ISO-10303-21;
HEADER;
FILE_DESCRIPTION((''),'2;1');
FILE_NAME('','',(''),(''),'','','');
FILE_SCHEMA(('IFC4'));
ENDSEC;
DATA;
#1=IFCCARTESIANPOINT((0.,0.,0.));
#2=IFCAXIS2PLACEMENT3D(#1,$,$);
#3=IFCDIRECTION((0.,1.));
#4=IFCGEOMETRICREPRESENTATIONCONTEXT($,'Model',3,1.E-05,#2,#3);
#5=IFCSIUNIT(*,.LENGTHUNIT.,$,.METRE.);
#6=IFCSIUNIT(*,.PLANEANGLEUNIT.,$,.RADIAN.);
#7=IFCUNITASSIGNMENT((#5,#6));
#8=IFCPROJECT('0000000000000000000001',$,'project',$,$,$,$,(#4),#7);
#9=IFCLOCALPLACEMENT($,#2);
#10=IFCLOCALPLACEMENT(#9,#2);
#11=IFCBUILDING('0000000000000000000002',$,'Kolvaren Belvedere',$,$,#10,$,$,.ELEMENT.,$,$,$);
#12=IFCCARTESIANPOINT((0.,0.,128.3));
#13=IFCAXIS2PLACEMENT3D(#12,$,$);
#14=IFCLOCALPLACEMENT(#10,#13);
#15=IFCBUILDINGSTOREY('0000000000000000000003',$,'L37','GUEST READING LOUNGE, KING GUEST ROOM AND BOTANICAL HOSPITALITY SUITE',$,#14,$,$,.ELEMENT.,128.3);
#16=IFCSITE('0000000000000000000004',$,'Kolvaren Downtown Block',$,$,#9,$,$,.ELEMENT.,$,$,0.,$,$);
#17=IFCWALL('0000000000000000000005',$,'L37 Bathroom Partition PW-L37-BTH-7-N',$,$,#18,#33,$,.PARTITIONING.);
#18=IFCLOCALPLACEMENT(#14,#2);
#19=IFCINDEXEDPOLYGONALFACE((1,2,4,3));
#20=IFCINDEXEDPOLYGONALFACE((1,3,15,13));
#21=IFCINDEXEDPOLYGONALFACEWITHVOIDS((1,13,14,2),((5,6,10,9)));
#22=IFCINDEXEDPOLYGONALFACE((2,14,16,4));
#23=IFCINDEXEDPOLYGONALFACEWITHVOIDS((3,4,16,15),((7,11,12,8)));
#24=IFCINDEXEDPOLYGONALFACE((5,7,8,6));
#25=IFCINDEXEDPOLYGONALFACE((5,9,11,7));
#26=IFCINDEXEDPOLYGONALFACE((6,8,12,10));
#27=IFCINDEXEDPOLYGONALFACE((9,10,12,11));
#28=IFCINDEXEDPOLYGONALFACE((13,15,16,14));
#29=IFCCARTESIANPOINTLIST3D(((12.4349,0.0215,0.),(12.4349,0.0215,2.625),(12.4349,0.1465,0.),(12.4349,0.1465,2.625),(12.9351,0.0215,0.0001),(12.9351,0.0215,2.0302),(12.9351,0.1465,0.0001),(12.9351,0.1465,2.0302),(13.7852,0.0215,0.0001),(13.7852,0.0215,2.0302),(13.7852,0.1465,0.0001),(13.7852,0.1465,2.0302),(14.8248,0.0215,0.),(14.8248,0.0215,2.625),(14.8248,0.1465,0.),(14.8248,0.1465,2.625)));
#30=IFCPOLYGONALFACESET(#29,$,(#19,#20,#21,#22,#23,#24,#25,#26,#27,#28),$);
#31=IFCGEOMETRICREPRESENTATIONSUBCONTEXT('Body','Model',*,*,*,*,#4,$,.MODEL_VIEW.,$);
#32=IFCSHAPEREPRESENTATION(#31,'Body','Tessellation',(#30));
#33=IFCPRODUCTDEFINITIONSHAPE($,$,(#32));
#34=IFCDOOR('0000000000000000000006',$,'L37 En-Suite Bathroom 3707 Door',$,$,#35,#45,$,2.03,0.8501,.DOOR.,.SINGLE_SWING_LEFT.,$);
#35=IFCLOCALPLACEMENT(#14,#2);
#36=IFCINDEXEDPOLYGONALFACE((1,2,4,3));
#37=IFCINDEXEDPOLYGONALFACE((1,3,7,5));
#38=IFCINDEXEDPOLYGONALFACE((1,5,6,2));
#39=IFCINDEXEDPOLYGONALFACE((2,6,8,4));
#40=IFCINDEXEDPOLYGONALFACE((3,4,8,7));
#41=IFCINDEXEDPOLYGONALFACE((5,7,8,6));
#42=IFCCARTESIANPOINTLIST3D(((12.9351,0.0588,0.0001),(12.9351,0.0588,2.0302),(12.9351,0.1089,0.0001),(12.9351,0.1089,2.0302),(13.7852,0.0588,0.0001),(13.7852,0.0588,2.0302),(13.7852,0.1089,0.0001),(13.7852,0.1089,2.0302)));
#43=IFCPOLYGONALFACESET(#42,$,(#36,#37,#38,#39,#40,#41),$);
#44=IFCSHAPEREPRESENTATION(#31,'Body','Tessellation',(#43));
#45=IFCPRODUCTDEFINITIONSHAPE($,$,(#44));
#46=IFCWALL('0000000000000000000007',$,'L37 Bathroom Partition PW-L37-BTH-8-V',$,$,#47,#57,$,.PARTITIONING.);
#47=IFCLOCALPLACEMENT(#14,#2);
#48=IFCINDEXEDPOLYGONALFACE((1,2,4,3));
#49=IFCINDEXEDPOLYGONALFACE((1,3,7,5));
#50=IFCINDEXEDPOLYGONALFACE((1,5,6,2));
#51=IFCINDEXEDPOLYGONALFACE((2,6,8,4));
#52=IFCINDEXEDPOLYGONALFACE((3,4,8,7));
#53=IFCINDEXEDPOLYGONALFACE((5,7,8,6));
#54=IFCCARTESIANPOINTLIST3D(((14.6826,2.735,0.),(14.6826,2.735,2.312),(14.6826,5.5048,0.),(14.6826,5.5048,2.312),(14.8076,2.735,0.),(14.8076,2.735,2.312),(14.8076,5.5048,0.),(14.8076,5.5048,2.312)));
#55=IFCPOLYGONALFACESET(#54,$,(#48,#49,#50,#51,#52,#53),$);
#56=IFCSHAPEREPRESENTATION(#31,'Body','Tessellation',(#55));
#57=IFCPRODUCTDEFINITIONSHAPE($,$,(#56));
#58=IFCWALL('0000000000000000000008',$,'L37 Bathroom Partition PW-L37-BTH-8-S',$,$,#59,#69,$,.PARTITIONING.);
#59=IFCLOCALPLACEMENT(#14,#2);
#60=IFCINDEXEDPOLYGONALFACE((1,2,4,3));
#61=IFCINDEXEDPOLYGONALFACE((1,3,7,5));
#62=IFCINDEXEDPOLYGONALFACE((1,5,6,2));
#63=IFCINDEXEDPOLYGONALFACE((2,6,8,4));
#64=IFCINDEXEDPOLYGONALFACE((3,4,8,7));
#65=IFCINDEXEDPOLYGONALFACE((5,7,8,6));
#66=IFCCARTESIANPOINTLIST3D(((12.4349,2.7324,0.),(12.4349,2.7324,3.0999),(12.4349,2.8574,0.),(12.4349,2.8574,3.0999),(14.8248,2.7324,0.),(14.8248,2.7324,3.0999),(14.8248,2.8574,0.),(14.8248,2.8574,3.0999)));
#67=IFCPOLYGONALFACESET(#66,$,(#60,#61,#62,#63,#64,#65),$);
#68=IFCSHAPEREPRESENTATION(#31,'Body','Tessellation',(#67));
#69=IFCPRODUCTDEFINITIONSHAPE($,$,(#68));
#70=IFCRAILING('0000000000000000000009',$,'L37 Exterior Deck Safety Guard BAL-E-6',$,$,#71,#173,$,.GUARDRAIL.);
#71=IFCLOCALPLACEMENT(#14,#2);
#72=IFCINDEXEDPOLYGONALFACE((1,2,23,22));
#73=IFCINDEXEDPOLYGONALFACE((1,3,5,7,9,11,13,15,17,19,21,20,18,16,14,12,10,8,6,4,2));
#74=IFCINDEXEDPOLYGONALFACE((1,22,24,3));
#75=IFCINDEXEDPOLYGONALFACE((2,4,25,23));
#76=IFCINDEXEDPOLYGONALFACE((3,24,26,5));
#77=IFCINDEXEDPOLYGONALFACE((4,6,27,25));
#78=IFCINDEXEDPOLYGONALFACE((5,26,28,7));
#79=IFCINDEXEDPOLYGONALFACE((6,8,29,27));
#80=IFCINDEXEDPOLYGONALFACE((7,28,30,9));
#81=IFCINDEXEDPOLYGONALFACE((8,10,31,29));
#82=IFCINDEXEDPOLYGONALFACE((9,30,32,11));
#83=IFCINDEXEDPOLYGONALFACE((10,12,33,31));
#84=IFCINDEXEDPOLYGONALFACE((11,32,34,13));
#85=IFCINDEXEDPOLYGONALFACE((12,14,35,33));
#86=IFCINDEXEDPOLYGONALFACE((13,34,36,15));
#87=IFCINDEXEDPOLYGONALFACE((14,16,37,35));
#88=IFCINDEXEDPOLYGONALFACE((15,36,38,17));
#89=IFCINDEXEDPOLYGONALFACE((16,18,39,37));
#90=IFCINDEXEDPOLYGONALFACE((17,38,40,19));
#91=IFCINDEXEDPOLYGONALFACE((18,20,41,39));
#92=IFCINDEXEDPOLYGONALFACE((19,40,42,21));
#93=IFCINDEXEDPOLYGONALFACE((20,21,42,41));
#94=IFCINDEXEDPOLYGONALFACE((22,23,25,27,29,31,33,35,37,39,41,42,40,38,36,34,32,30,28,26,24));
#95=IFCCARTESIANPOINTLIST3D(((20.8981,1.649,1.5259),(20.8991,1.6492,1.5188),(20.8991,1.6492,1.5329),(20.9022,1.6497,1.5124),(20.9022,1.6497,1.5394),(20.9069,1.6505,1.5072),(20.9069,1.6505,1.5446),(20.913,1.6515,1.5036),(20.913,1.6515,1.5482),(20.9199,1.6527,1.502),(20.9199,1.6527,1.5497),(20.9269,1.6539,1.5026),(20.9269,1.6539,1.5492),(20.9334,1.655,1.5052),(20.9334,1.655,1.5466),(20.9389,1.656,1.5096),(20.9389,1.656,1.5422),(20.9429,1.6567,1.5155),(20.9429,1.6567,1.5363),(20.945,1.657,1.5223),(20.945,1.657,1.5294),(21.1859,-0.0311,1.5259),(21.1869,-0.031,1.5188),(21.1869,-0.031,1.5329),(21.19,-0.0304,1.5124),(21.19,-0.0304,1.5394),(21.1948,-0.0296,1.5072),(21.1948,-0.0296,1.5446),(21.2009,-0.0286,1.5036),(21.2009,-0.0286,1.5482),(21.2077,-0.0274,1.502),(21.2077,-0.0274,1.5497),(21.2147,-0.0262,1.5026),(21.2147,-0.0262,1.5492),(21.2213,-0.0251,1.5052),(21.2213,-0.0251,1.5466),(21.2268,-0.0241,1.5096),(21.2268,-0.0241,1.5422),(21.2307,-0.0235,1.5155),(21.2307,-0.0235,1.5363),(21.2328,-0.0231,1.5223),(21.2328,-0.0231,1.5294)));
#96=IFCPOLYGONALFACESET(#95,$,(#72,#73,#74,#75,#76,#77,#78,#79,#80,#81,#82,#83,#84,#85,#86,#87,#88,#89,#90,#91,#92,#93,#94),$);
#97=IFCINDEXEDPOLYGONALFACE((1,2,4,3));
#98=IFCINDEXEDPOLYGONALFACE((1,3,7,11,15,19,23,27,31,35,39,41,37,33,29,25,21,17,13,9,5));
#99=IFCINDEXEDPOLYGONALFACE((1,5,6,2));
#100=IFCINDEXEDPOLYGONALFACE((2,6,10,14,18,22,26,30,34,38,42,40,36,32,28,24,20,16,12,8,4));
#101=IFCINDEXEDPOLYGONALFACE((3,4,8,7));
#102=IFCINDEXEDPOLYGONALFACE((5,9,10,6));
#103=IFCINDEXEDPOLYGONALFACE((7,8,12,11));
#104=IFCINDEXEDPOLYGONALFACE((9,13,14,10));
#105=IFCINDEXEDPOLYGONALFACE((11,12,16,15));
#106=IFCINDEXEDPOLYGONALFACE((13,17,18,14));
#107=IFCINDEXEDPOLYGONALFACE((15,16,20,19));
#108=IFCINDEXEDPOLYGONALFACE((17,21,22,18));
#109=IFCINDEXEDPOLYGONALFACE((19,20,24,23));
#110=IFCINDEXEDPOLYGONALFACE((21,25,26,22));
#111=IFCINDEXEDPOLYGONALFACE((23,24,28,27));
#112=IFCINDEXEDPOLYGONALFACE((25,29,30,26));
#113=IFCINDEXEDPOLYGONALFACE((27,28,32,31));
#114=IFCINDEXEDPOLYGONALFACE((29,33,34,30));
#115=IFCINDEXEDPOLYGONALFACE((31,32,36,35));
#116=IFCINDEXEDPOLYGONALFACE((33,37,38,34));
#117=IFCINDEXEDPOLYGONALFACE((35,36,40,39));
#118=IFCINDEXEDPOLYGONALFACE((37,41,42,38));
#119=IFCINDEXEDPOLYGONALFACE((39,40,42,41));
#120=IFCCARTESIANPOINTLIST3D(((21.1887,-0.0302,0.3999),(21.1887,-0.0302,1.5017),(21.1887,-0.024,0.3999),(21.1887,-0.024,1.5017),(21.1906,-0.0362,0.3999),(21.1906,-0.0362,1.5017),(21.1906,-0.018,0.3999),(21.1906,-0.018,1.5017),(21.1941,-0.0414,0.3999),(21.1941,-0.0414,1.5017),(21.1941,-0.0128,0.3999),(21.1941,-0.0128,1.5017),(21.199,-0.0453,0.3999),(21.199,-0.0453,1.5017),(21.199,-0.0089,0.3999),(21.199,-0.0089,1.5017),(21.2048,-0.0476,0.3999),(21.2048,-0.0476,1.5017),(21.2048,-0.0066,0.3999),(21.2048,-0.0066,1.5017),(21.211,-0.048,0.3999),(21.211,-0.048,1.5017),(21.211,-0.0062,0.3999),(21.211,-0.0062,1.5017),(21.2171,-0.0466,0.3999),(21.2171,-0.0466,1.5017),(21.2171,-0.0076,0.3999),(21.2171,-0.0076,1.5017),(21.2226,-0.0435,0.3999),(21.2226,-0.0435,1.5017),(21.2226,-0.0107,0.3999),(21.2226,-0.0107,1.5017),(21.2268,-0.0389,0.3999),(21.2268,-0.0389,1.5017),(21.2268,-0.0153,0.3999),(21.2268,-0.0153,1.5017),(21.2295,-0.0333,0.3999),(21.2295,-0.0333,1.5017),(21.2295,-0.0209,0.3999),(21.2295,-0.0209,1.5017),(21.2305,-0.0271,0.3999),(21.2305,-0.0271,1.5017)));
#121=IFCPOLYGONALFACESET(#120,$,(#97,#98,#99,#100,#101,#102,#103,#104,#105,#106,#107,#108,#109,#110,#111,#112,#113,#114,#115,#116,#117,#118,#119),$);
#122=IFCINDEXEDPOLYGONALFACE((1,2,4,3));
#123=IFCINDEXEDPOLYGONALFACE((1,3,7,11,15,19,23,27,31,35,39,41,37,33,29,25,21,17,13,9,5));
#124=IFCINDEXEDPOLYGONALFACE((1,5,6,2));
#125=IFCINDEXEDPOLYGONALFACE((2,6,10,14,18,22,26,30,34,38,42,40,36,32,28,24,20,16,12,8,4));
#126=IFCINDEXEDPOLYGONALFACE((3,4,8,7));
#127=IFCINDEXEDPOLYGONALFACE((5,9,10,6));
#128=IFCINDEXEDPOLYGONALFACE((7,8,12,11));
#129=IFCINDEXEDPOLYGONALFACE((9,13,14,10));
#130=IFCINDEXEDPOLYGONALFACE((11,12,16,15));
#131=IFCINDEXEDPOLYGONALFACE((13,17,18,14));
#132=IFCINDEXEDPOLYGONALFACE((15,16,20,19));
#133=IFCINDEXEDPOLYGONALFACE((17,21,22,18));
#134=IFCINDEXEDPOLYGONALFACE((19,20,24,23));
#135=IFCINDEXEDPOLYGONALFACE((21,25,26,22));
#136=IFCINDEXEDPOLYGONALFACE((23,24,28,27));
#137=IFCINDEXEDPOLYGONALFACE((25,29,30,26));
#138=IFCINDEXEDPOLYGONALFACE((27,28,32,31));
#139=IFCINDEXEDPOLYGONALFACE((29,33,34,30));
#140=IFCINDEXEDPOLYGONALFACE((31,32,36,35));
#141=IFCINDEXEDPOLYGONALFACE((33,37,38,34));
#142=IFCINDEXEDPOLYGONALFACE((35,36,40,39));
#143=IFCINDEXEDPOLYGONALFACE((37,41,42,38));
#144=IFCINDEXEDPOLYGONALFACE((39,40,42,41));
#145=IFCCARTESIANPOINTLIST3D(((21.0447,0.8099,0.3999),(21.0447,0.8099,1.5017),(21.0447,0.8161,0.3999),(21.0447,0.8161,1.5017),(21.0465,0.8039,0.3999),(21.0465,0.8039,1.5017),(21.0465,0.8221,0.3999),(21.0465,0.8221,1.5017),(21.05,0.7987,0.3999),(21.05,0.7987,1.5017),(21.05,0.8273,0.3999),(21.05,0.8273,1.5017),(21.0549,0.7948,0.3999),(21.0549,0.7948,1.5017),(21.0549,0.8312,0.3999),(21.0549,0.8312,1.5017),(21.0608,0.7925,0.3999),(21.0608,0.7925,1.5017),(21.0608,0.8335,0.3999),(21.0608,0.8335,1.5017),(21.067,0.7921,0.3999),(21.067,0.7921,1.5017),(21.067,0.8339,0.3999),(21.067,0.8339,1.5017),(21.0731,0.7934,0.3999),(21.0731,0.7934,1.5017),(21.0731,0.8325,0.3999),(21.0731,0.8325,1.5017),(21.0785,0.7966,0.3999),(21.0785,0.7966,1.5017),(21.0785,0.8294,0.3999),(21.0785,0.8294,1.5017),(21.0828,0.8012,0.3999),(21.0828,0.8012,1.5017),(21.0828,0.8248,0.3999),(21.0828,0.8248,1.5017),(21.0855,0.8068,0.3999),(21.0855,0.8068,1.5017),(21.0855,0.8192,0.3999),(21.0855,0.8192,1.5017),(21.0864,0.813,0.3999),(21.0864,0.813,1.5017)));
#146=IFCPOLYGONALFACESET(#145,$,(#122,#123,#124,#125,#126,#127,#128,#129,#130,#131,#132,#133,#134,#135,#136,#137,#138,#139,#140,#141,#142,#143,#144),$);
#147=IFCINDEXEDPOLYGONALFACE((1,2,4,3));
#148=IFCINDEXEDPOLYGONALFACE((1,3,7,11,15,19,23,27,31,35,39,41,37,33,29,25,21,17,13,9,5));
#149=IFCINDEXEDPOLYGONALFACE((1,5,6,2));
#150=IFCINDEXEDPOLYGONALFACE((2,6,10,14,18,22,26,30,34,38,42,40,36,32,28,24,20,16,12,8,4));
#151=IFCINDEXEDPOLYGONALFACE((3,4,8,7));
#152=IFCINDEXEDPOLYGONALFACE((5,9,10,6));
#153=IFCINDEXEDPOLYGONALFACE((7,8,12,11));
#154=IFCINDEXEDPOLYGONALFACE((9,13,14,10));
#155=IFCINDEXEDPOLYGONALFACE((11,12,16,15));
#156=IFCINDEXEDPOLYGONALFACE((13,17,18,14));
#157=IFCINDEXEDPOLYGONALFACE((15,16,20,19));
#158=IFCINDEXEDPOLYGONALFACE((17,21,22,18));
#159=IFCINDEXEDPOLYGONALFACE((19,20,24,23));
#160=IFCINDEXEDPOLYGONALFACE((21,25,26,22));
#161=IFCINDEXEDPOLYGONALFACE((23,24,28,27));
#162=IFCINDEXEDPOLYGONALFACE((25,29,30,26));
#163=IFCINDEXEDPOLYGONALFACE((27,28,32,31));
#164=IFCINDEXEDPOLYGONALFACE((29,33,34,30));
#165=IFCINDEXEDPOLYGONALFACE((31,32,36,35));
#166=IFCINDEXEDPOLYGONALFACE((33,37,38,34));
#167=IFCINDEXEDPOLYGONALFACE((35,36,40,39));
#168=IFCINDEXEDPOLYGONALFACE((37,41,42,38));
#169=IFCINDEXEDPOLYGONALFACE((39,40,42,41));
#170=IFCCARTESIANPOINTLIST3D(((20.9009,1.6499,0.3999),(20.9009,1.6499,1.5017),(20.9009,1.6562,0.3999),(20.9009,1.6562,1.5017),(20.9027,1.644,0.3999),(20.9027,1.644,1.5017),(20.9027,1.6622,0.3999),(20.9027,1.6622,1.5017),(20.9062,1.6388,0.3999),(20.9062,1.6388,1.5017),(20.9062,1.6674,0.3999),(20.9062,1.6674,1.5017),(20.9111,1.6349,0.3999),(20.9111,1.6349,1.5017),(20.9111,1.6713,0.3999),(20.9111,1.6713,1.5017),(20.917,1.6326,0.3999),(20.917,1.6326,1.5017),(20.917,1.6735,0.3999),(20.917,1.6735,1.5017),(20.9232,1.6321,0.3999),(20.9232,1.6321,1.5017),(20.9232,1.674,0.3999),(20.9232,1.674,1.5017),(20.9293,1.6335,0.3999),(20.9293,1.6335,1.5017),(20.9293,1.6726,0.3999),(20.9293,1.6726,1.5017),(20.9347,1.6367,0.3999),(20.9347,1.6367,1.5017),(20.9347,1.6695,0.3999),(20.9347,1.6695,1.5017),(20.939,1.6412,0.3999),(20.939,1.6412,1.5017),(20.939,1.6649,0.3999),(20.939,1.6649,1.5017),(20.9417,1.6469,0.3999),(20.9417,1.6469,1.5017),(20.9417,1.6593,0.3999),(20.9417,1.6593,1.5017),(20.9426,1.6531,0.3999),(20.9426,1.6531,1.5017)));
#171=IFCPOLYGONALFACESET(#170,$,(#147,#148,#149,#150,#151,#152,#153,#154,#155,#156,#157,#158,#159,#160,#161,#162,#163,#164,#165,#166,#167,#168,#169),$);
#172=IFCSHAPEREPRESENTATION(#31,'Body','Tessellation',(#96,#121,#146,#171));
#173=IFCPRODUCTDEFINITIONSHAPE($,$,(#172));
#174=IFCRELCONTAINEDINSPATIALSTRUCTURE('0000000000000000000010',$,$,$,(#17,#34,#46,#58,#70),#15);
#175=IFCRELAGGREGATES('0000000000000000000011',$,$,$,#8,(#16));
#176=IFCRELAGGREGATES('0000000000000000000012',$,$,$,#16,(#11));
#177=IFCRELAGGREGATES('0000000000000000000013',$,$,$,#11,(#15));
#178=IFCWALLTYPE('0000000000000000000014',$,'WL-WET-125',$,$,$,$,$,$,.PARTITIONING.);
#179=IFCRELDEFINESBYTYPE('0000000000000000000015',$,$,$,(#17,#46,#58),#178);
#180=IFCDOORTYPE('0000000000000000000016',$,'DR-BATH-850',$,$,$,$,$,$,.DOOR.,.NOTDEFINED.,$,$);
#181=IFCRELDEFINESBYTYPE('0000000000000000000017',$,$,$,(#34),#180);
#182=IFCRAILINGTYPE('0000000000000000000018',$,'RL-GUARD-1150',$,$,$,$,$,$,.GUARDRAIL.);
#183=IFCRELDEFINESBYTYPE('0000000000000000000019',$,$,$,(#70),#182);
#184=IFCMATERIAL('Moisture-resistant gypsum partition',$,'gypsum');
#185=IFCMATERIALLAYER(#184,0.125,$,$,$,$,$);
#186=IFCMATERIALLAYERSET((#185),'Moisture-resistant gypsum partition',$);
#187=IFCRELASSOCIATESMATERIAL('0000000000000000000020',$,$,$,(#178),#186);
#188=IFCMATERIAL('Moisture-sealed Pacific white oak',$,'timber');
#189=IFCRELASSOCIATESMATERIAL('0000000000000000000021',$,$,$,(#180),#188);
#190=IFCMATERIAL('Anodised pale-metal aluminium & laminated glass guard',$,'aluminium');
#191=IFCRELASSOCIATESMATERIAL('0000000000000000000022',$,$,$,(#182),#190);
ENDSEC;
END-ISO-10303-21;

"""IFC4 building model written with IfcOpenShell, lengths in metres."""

from ifc_helpers import new_model, si_unit, direction, frame, frame_2d, origin, origin_2d, place, context, subcontext, project, spatial, rectangle, circle, extrude, material, layer, layer_set, type_object, element, fill, save


model = new_model("IFC4")

# Units and contexts
model_context = context("Model", 3, precision=1e-05, world=origin(), true_north=direction((0.0, 1.0)))
body_context = subcontext(model_context, "Body", "Model", "MODEL_VIEW")
ifc_project = project(units=[si_unit("LENGTHUNIT", "METRE"), si_unit("PLANEANGLEUNIT", "RADIAN")], contexts=[model_context])

# Site, building, storey
site_placement = place(None, origin())
site = spatial("IfcSite", under=ifc_project, at=site_placement, Name="Kolvaren Downtown Block", CompositionType="ELEMENT", RefElevation=0.0)
building_placement = place(site_placement, origin())
building = spatial("IfcBuilding", under=site, at=building_placement, Name="Kolvaren Belvedere", CompositionType="ELEMENT")
storey_placement = place(building_placement, frame((0.0, 0.0, 128.3)))
storey = spatial("IfcBuildingStorey", under=building, at=storey_placement, Name="L37", Description="GUEST READING LOUNGE, KING GUEST ROOM AND BOTANICAL HOSPITALITY SUITE", CompositionType="ELEMENT", Elevation=128.3)

# Wall, opening, door
ifc_material_1 = material(Name="Moisture-resistant gypsum partition", Category="gypsum")
ifc_layer_1 = layer(ifc_material_1, 0.125)
ifc_layer_set_1 = layer_set([ifc_layer_1], Name="Moisture-resistant gypsum partition")
wall_type_1 = type_object("IfcWallType", Name="WL-WET-125", PredefinedType="PARTITIONING", material=ifc_layer_set_1)
wall_1_placement = place(storey_placement, frame((12.4351, 0.084, 0.0), z_axis=(0.0, 0.0, 1.0), x_axis=(1.0, 0.0, 0.0)))
wall_1 = element("IfcWall", 1, at=wall_1_placement, inside=storey, type_object=wall_type_1, Name="L37 Bathroom Partition PW-L37-BTH-7-N", PredefinedType="PARTITIONING", context=body_context, shape_type="SweptSolid", body=[
    extrude(rectangle(XDim=2.3899, YDim=0.125, at=frame_2d((1.1948, 0.0))), origin(), (0.0, 0.0, 1.0), 2.625),
])
opening_1_placement = place(wall_1_placement, frame((0.5, 0.0, 0.0)))
opening_1 = element("IfcOpeningElement", 2, at=opening_1_placement, cuts=wall_1, PredefinedType="OPENING", context=body_context, shape_type="SweptSolid", body=[
    extrude(rectangle(XDim=0.8501, YDim=2.03, at=frame_2d((0.425, 1.0151))), frame((0.0, 0.0725, 0.0), z_axis=(0.0, -1.0, 0.0), x_axis=(1.0, 0.0, 0.0)), (0.0, 0.0, 1.0), 0.145),
])
ifc_material_2 = material(Name="Moisture-sealed Pacific white oak", Category="timber")
door_type_1 = type_object("IfcDoorType", Name="DR-BATH-850", OperationType="NOTDEFINED", PredefinedType="DOOR", material=ifc_material_2)
door_1_placement = place(opening_1_placement, origin())
door_1 = element("IfcDoor", 3, at=door_1_placement, inside=storey, type_object=door_type_1, Name="L37 En-Suite Bathroom 3707 Door", OperationType="SINGLE_SWING_LEFT", OverallHeight=2.03, OverallWidth=0.8501, PredefinedType="DOOR", context=body_context, shape_type="SweptSolid", body=[
    extrude(rectangle(XDim=0.8501, YDim=2.03, at=frame_2d((0.425, 1.0151))), frame((0.0, 0.0249, 0.0), z_axis=(0.0, -1.0, 0.0), x_axis=(1.0, 0.0, 0.0)), (0.0, 0.0, 1.0), 0.05),
])
fill(opening_1, door_1)

# Walls
wall_2_placement = place(storey_placement, frame((14.7451, 2.7351, 0.0), z_axis=(0.0, 0.0, 1.0), x_axis=(0.0, 1.0, 0.0)))
element("IfcWall", 4, at=wall_2_placement, inside=storey, type_object=wall_type_1, Name="L37 Bathroom Partition PW-L37-BTH-8-V", PredefinedType="PARTITIONING", context=body_context, shape_type="SweptSolid", body=[
    extrude(rectangle(XDim=2.7698, YDim=0.125, at=frame_2d((1.3848, 0.0))), origin(), (0.0, 0.0, 1.0), 2.312),
])
wall_3_placement = place(storey_placement, frame((12.4351, 2.7949, 0.0), z_axis=(0.0, 0.0, 1.0), x_axis=(1.0, 0.0, 0.0)))
element("IfcWall", 5, at=wall_3_placement, inside=storey, type_object=wall_type_1, Name="L37 Bathroom Partition PW-L37-BTH-8-S", PredefinedType="PARTITIONING", context=body_context, shape_type="SweptSolid", body=[
    extrude(rectangle(XDim=2.3899, YDim=0.125, at=frame_2d((1.1948, 0.0))), origin(), (0.0, 0.0, 1.0), 3.0999),
])

# Railing
ifc_material_3 = material(Name="Anodised pale-metal aluminium & laminated glass guard", Category="aluminium")
railing_type = type_object("IfcRailingType", Name="RL-GUARD-1150", PredefinedType="GUARDRAIL", material=ifc_material_3)
railing_1_placement = place(storey_placement, frame((21.2095, -0.0271, 0.3999)))
element("IfcRailing", 6, at=railing_1_placement, inside=storey, type_object=railing_type, Name="L37 Exterior Deck Safety Guard BAL-E-6", PredefinedType="GUARDRAIL", context=body_context, shape_type="SweptSolid", body=[
    extrude(circle(Radius=0.0239, at=origin_2d()), frame((0.0, 0.0, 1.126), z_axis=(-0.168856, 0.985641, 0.0), x_axis=(-0.985641, -0.168856, 0.0)), (0.0, 0.0, 1.0), 1.7046),
    extrude(circle(Radius=0.021, at=origin_2d()), origin(), (0.0, 0.0, 1.0), 1.1018),
    extrude(circle(Radius=0.021, at=origin_2d()), frame((-0.144, 0.8401, 0.0)), (0.0, 0.0, 1.0), 1.1018),
    extrude(circle(Radius=0.021, at=origin_2d()), frame((-0.2878, 1.6802, 0.0)), (0.0, 0.0, 1.0), 1.1018),
])

save(model, "model.ifc")
